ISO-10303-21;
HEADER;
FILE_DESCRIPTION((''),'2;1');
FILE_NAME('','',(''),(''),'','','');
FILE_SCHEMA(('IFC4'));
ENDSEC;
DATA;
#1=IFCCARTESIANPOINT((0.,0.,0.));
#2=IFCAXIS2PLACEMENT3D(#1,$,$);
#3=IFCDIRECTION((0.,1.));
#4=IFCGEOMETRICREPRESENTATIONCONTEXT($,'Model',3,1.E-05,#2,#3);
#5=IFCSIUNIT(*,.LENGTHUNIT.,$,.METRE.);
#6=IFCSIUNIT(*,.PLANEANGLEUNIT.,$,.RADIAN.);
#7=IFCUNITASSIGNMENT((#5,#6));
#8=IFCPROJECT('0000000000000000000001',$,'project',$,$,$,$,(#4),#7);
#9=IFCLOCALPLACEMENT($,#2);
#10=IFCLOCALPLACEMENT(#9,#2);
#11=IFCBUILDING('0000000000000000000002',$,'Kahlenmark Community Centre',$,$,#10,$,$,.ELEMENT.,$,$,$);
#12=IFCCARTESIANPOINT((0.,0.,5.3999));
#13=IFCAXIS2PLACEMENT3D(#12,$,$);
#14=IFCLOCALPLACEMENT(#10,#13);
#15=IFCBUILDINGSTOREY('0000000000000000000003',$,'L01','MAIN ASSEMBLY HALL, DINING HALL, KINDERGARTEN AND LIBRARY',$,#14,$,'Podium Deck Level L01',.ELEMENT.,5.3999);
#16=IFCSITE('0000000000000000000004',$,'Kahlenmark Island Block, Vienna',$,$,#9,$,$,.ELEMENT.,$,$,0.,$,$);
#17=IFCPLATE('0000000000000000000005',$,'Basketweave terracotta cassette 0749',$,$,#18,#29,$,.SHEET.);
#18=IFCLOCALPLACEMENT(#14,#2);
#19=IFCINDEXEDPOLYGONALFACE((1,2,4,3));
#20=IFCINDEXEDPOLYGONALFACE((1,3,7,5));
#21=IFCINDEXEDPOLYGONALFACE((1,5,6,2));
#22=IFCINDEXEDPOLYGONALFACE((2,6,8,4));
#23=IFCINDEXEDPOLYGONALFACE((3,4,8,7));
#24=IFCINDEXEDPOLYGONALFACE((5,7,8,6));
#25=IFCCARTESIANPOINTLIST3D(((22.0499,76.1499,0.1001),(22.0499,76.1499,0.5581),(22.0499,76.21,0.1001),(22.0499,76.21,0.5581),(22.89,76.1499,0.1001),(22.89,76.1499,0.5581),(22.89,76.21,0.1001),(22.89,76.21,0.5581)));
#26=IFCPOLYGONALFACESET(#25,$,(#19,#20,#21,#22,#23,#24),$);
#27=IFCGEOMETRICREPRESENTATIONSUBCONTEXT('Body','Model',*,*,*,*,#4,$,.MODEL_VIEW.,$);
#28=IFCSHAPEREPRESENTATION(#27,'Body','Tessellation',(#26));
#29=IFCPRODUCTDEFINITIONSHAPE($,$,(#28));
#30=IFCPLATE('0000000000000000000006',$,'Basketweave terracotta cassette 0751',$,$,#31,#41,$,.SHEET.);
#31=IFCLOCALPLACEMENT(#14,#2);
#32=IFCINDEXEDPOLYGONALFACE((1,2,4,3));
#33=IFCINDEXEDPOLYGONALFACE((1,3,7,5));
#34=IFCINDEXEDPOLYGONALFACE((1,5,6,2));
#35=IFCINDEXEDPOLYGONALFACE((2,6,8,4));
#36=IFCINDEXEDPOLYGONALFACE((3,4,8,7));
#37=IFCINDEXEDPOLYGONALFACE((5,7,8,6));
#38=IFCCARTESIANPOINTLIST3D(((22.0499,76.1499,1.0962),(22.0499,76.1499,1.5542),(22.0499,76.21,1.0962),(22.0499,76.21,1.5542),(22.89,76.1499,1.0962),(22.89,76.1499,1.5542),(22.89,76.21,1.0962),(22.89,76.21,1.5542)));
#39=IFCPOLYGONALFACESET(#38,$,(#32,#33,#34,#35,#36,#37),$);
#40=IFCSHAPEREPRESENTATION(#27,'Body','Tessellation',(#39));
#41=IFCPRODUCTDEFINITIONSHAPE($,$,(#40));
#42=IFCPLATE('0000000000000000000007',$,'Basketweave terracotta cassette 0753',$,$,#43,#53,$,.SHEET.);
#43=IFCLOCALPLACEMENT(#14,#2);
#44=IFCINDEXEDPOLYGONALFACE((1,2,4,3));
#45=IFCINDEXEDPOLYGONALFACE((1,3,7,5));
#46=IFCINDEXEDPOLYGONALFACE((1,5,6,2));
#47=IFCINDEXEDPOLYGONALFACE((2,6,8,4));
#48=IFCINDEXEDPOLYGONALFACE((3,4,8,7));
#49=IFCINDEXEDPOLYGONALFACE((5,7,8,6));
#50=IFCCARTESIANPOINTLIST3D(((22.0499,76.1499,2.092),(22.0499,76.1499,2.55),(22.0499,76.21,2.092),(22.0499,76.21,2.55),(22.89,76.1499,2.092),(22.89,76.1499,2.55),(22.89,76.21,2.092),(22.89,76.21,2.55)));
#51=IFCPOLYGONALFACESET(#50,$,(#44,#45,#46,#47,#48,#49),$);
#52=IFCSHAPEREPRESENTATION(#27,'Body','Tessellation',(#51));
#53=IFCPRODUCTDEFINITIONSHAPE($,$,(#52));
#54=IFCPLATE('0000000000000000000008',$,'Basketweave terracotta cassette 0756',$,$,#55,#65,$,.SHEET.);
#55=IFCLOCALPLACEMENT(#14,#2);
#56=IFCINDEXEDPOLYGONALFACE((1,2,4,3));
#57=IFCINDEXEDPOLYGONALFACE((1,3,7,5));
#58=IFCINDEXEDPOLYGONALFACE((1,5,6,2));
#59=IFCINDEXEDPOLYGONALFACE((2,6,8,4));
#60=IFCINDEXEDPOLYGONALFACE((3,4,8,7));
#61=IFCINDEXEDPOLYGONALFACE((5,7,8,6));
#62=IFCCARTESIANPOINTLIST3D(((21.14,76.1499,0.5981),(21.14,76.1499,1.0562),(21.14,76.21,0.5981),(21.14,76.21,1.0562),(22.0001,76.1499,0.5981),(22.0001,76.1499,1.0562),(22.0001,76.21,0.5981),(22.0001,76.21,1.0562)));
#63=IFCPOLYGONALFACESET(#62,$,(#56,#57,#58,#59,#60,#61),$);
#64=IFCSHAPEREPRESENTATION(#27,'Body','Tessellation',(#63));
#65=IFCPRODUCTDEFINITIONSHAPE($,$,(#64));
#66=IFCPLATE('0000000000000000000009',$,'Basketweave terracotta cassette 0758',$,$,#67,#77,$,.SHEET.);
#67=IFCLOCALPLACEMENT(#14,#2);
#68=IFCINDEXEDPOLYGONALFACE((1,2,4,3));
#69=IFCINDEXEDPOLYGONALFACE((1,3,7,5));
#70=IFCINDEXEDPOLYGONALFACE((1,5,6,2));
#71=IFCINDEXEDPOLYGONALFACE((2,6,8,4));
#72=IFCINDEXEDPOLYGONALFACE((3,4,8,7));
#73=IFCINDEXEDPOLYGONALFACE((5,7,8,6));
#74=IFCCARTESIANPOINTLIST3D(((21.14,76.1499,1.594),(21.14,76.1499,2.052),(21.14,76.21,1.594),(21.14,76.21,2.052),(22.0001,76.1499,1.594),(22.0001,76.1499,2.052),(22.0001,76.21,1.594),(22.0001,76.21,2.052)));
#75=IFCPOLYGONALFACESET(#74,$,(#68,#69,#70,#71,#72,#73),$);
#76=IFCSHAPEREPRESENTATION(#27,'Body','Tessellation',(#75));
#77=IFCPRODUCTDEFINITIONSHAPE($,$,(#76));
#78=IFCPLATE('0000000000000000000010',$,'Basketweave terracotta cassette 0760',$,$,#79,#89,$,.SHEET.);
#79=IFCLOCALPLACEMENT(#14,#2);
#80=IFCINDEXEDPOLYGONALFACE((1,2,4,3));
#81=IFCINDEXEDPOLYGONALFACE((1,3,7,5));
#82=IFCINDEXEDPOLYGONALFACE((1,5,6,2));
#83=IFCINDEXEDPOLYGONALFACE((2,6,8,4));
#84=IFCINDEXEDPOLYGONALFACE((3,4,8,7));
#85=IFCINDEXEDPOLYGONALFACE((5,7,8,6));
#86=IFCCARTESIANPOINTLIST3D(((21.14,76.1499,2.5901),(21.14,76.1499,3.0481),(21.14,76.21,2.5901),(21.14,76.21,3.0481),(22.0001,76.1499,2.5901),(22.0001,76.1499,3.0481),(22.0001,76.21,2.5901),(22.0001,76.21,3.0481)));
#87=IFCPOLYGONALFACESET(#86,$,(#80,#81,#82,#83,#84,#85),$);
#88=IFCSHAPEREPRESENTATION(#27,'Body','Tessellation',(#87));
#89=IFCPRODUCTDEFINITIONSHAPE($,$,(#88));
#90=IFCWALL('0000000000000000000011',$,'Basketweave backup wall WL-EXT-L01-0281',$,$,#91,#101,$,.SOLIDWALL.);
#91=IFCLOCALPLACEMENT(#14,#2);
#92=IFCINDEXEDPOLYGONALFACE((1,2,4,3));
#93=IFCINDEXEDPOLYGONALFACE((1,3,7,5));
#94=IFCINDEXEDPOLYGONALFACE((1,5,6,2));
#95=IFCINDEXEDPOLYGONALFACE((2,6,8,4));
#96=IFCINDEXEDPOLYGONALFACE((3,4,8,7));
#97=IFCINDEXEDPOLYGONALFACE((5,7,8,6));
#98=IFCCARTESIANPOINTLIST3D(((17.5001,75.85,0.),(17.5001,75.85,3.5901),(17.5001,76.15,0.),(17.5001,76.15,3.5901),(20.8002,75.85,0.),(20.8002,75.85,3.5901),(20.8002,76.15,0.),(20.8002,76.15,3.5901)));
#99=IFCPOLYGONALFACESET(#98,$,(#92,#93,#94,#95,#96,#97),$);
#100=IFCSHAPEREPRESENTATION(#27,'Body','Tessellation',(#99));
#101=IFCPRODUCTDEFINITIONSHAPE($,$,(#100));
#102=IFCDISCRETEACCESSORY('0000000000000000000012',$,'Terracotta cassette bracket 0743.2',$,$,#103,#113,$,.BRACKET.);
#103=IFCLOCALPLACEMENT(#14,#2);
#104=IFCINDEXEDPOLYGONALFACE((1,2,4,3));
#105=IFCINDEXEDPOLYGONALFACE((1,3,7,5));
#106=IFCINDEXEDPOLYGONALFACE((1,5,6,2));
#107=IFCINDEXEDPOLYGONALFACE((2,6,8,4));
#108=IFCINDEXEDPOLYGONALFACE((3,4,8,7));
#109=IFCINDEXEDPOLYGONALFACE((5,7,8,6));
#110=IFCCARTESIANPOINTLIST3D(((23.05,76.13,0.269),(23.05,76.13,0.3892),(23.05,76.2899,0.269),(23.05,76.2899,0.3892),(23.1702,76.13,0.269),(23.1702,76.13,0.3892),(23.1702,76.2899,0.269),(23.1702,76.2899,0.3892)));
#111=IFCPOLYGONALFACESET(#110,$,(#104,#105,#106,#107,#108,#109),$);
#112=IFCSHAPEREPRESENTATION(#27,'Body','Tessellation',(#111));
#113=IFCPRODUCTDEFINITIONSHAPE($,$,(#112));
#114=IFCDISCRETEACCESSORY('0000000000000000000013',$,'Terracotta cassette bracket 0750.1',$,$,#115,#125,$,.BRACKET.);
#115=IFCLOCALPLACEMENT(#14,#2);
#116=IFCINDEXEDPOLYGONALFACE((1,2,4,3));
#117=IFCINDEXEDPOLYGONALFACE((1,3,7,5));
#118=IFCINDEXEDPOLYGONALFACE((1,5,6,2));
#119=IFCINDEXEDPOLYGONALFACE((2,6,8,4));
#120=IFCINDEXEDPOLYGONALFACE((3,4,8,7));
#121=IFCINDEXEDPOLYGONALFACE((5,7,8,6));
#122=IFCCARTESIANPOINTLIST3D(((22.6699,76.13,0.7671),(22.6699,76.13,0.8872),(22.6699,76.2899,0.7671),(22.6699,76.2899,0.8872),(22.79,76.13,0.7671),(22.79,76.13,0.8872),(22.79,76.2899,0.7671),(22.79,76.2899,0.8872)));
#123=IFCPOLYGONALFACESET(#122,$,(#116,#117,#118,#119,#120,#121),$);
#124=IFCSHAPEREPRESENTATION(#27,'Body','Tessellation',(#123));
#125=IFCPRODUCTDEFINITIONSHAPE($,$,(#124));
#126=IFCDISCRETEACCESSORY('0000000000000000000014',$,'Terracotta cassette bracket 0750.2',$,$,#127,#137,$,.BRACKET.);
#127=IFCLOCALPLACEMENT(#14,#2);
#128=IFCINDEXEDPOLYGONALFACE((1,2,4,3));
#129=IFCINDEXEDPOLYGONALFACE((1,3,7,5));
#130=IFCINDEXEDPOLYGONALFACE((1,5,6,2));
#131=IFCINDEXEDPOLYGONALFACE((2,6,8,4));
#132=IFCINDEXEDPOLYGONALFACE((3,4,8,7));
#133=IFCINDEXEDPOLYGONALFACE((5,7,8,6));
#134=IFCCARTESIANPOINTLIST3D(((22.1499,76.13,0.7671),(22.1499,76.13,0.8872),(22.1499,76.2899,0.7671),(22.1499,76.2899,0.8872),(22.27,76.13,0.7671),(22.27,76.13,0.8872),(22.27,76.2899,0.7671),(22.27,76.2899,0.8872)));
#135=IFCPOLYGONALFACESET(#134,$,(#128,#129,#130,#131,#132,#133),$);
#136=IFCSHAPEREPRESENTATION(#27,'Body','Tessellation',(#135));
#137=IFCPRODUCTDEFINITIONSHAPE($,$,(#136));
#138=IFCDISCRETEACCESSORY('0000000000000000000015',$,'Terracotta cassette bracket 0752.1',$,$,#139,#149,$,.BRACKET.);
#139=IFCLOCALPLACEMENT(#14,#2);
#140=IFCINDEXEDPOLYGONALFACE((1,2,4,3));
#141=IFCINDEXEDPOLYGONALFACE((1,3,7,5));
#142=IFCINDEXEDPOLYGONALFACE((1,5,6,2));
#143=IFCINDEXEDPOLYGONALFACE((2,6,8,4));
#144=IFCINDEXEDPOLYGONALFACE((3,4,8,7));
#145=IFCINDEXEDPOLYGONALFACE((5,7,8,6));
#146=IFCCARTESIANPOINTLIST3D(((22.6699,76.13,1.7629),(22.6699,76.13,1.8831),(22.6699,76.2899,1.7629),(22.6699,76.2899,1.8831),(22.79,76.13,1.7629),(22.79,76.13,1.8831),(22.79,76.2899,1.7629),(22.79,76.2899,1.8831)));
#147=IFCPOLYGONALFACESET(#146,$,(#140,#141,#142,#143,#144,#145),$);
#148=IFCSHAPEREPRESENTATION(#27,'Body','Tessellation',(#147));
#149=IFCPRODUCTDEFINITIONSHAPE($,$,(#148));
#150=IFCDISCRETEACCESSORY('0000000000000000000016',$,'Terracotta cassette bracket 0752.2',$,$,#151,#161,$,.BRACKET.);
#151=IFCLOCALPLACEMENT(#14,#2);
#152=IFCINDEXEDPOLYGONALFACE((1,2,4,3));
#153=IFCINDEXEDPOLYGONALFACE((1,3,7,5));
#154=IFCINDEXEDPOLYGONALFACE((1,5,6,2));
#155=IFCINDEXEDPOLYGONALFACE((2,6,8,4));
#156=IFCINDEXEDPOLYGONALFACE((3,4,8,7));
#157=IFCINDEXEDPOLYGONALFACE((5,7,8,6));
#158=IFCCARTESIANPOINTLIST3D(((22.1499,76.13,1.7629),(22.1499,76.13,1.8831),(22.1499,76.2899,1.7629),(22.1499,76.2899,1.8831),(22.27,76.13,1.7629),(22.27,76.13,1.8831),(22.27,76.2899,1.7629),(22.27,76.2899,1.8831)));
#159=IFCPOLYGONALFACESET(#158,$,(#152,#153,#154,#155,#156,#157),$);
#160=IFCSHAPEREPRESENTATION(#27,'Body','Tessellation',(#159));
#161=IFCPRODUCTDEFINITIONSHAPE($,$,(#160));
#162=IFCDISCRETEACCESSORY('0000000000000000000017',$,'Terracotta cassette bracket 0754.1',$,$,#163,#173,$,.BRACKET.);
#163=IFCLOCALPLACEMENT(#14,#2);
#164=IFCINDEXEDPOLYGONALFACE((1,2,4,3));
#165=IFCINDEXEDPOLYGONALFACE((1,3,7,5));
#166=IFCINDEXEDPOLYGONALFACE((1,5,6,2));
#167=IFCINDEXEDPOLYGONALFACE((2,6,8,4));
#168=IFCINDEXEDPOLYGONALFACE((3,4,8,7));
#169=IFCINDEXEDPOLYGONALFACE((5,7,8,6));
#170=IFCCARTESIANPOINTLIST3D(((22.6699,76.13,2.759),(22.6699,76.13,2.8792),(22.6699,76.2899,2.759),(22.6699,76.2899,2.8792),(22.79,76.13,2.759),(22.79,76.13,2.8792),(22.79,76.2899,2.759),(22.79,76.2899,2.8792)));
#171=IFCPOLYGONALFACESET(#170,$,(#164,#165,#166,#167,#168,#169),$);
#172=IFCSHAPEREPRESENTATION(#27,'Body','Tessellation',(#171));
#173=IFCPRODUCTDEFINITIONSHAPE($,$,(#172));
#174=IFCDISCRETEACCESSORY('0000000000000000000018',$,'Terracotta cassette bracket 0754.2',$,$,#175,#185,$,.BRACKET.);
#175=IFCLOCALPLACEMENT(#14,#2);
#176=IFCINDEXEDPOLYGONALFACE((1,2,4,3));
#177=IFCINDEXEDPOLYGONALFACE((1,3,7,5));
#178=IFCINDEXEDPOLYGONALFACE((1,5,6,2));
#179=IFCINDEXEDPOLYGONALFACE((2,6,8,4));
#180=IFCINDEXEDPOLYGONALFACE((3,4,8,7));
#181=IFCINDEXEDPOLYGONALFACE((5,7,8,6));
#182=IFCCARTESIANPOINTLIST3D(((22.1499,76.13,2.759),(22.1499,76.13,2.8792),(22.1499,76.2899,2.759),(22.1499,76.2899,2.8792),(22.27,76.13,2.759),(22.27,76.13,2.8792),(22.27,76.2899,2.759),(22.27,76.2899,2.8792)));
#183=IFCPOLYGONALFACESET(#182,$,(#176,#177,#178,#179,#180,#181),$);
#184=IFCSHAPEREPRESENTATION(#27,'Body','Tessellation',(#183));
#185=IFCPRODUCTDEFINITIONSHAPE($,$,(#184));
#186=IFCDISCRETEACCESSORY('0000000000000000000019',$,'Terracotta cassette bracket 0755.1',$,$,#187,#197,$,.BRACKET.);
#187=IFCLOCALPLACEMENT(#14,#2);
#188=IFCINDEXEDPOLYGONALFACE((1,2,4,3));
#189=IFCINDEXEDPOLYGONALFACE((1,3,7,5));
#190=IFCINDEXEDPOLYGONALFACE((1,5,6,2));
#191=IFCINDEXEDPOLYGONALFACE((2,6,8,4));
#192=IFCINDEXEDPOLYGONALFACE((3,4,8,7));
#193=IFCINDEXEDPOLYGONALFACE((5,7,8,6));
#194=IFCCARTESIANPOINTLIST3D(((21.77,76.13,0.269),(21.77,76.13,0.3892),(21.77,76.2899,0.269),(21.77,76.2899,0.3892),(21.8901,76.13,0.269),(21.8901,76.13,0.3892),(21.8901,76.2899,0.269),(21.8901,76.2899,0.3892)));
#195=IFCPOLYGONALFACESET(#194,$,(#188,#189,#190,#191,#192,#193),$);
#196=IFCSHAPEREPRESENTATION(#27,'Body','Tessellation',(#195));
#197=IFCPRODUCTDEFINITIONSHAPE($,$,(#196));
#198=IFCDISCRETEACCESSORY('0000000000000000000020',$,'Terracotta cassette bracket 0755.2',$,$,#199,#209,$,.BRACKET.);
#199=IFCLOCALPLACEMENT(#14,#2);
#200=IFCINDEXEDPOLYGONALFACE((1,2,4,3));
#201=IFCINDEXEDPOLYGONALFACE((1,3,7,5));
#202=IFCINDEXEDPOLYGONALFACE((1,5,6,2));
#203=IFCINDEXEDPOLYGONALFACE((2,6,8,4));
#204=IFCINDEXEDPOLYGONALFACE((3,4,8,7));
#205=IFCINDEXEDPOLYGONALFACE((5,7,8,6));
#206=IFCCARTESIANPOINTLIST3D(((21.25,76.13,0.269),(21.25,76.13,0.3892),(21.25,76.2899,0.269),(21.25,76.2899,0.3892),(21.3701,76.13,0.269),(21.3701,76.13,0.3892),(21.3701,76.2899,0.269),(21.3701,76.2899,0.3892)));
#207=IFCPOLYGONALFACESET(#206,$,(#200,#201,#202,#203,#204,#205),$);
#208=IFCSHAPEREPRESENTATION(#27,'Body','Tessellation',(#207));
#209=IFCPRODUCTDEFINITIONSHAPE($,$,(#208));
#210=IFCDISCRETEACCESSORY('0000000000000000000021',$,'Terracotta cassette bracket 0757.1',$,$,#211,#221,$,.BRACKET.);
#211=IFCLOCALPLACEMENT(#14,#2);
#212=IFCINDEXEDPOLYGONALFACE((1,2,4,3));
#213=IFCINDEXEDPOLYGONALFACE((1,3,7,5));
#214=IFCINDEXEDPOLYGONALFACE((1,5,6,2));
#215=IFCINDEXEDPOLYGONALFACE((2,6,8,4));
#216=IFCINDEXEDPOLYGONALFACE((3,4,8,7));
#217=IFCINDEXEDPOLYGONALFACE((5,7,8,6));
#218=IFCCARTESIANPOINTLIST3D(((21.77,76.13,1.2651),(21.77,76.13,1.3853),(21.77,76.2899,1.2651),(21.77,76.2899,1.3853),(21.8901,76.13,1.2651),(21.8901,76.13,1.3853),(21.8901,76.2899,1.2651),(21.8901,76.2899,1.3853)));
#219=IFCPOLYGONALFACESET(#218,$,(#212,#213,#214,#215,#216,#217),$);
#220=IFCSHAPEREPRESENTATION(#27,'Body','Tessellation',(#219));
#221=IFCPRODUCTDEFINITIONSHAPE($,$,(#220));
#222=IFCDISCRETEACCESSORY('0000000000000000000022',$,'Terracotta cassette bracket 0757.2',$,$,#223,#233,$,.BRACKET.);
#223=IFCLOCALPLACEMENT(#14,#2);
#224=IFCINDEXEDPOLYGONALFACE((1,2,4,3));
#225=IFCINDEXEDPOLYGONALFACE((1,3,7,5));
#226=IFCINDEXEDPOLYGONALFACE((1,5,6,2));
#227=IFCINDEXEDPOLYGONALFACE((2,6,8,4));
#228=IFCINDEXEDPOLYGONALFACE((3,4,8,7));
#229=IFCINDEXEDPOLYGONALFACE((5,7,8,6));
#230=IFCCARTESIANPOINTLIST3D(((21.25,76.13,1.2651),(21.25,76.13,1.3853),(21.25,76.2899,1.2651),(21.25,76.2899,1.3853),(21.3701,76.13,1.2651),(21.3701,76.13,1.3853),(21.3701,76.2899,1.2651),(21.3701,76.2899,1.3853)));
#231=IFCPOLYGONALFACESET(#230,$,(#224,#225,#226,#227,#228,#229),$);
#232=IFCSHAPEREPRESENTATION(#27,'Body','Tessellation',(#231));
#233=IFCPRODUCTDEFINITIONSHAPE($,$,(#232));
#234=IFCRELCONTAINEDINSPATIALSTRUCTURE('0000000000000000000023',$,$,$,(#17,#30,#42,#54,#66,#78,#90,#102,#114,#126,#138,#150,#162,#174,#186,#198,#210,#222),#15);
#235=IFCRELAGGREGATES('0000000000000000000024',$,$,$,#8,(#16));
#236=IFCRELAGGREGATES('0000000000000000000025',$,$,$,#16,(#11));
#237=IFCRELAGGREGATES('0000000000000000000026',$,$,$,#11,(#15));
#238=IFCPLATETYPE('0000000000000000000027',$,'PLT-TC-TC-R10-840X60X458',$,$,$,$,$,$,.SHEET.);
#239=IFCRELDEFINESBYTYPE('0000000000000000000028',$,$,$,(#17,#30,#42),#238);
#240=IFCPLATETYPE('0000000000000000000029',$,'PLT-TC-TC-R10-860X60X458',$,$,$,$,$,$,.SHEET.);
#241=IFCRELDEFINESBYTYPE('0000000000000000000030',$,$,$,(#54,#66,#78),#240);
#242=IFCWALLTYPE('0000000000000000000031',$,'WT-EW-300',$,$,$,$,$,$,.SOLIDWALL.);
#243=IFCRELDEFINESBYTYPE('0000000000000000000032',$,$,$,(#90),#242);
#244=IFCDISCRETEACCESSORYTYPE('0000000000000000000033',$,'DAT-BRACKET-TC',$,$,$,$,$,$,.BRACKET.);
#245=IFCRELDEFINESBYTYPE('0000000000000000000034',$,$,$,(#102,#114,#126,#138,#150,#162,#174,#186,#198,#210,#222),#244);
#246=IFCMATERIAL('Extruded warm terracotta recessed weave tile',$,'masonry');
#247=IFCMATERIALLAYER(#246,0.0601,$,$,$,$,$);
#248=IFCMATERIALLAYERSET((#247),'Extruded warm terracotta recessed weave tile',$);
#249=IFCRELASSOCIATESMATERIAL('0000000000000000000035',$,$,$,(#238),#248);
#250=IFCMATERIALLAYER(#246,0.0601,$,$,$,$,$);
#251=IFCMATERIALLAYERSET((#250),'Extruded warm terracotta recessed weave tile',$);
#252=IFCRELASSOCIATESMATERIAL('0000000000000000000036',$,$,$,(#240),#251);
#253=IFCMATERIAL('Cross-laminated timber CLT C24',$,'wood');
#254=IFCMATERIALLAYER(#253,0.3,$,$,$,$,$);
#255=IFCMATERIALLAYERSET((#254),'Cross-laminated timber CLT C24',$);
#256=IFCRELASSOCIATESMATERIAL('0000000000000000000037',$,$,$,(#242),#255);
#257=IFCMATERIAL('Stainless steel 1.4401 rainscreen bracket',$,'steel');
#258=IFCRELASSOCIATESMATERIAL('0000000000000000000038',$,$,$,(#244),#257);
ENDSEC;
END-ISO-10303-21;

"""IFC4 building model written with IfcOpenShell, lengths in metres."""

from ifc_helpers import new_model, si_unit, direction, frame, frame_2d, origin, origin_2d, place, context, subcontext, project, spatial, rectangle, extrude, material, layer, layer_set, type_object, element, save


model = new_model("IFC4")

# Units and contexts
model_context = context("Model", 3, precision=1e-05, world=origin(), true_north=direction((0.0, 1.0)))
body_context = subcontext(model_context, "Body", "Model", "MODEL_VIEW")
ifc_project = project(units=[si_unit("LENGTHUNIT", "METRE"), si_unit("PLANEANGLEUNIT", "RADIAN")], contexts=[model_context])

# Site, building, storey
site_placement = place(None, origin())
site = spatial("IfcSite", under=ifc_project, at=site_placement, Name="Kahlenmark Island Block, Vienna", CompositionType="ELEMENT", RefElevation=0.0)
building_placement = place(site_placement, origin())
building = spatial("IfcBuilding", under=site, at=building_placement, Name="Kahlenmark Community Centre", CompositionType="ELEMENT")
storey_placement = place(building_placement, frame((0.0, 0.0, 5.3999)))
storey = spatial("IfcBuildingStorey", under=building, at=storey_placement, Name="L01", Description="MAIN ASSEMBLY HALL, DINING HALL, KINDERGARTEN AND LIBRARY", LongName="Podium Deck Level L01", CompositionType="ELEMENT", Elevation=5.3999)

# Plates
ifc_material_1 = material(Name="Extruded warm terracotta recessed weave tile", Category="masonry")
ifc_layer_1 = layer(ifc_material_1, 0.0601)
ifc_layer_set_1 = layer_set([ifc_layer_1], Name="Extruded warm terracotta recessed weave tile")
plate_type_1 = type_object("IfcPlateType", Name="PLT-TC-TC-R10-840X60X458", PredefinedType="SHEET", material=ifc_layer_set_1)
for number, where, z_axis, x_axis, name in (
    (1, (22.47, 76.1799, 0.1001), (0.0, 0.0, 1.0), (-1.0, 0.0, 0.0), "Basketweave terracotta cassette 0749"),
    (2, (22.47, 76.1799, 1.0962), (0.0, 0.0, 1.0), (-1.0, 0.0, 0.0), "Basketweave terracotta cassette 0751"),
    (3, (22.47, 76.1799, 2.092), (0.0, 0.0, 1.0), (-1.0, 0.0, 0.0), "Basketweave terracotta cassette 0753"),
):
    element("IfcPlate", number, at=place(storey_placement, frame(where, z_axis=z_axis, x_axis=x_axis)), inside=storey, type_object=plate_type_1, Name=name, PredefinedType="SHEET", context=body_context, shape_type="SweptSolid", body=[
        extrude(rectangle(XDim=0.8401, YDim=0.0601, at=origin_2d()), origin(), (0.0, 0.0, 1.0), 0.458),
    ])
ifc_layer_2 = layer(ifc_material_1, 0.0601)
ifc_layer_set_2 = layer_set([ifc_layer_2], Name="Extruded warm terracotta recessed weave tile")
plate_type_2 = type_object("IfcPlateType", Name="PLT-TC-TC-R10-860X60X458", PredefinedType="SHEET", material=ifc_layer_set_2)
for number, where, z_axis, x_axis, name in (
    (4, (21.5701, 76.1799, 0.5981), (0.0, 0.0, 1.0), (-1.0, 0.0, 0.0), "Basketweave terracotta cassette 0756"),
    (5, (21.5701, 76.1799, 1.594), (0.0, 0.0, 1.0), (-1.0, 0.0, 0.0), "Basketweave terracotta cassette 0758"),
    (6, (21.5701, 76.1799, 2.5901), (0.0, 0.0, 1.0), (-1.0, 0.0, 0.0), "Basketweave terracotta cassette 0760"),
):
    element("IfcPlate", number, at=place(storey_placement, frame(where, z_axis=z_axis, x_axis=x_axis)), inside=storey, type_object=plate_type_2, Name=name, PredefinedType="SHEET", context=body_context, shape_type="SweptSolid", body=[
        extrude(rectangle(XDim=0.8601, YDim=0.0601, at=origin_2d()), origin(), (0.0, 0.0, 1.0), 0.458),
    ])

# Wall
ifc_material_2 = material(Name="Cross-laminated timber CLT C24", Category="wood")
ifc_layer_3 = layer(ifc_material_2, 0.3)
ifc_layer_set_3 = layer_set([ifc_layer_3], Name="Cross-laminated timber CLT C24")
wall_type = type_object("IfcWallType", Name="WT-EW-300", PredefinedType="SOLIDWALL", material=ifc_layer_set_3)
wall_placement = place(storey_placement, frame((20.8, 76.0, 0.0), z_axis=(0.0, 0.0, 1.0), x_axis=(-1.0, 0.0, 0.0)))
element("IfcWall", 7, at=wall_placement, inside=storey, type_object=wall_type, Name="Basketweave backup wall WL-EXT-L01-0281", PredefinedType="SOLIDWALL", context=body_context, shape_type="SweptSolid", body=[
    extrude(rectangle(XDim=3.3, YDim=0.3, at=frame_2d((1.6499, 0.0))), origin(), (0.0, 0.0, 1.0), 3.5901),
])

# Discrete accessories
ifc_material_3 = material(Name="Stainless steel 1.4401 rainscreen bracket", Category="steel")
discrete_accessory_type = type_object("IfcDiscreteAccessoryType", Name="DAT-BRACKET-TC", PredefinedType="BRACKET", material=ifc_material_3)
for number, where, z_axis, x_axis, name in (
    (8, (23.1101, 76.21, 0.269), (0.0, 0.0, 1.0), (-1.0, 0.0, 0.0), "Terracotta cassette bracket 0743.2"),
    (9, (22.73, 76.21, 0.7671), (0.0, 0.0, 1.0), (-1.0, 0.0, 0.0), "Terracotta cassette bracket 0750.1"),
    (10, (22.21, 76.21, 0.7671), (0.0, 0.0, 1.0), (-1.0, 0.0, 0.0), "Terracotta cassette bracket 0750.2"),
    (11, (22.73, 76.21, 1.7629), (0.0, 0.0, 1.0), (-1.0, 0.0, 0.0), "Terracotta cassette bracket 0752.1"),
    (12, (22.21, 76.21, 1.7629), (0.0, 0.0, 1.0), (-1.0, 0.0, 0.0), "Terracotta cassette bracket 0752.2"),
    (13, (22.73, 76.21, 2.759), (0.0, 0.0, 1.0), (-1.0, 0.0, 0.0), "Terracotta cassette bracket 0754.1"),
    (14, (22.21, 76.21, 2.759), (0.0, 0.0, 1.0), (-1.0, 0.0, 0.0), "Terracotta cassette bracket 0754.2"),
    (15, (21.8301, 76.21, 0.269), (0.0, 0.0, 1.0), (-1.0, 0.0, 0.0), "Terracotta cassette bracket 0755.1"),
    (16, (21.3101, 76.21, 0.269), (0.0, 0.0, 1.0), (-1.0, 0.0, 0.0), "Terracotta cassette bracket 0755.2"),
    (17, (21.8301, 76.21, 1.2651), (0.0, 0.0, 1.0), (-1.0, 0.0, 0.0), "Terracotta cassette bracket 0757.1"),
    (18, (21.3101, 76.21, 1.2651), (0.0, 0.0, 1.0), (-1.0, 0.0, 0.0), "Terracotta cassette bracket 0757.2"),
):
    element("IfcDiscreteAccessory", number, at=place(storey_placement, frame(where, z_axis=z_axis, x_axis=x_axis)), inside=storey, type_object=discrete_accessory_type, Name=name, PredefinedType="BRACKET", context=body_context, shape_type="SweptSolid", body=[
        extrude(rectangle(XDim=0.1201, YDim=0.1599, at=origin_2d()), origin(), (0.0, 0.0, 1.0), 0.1201),
    ])

save(model, "model.ifc")
